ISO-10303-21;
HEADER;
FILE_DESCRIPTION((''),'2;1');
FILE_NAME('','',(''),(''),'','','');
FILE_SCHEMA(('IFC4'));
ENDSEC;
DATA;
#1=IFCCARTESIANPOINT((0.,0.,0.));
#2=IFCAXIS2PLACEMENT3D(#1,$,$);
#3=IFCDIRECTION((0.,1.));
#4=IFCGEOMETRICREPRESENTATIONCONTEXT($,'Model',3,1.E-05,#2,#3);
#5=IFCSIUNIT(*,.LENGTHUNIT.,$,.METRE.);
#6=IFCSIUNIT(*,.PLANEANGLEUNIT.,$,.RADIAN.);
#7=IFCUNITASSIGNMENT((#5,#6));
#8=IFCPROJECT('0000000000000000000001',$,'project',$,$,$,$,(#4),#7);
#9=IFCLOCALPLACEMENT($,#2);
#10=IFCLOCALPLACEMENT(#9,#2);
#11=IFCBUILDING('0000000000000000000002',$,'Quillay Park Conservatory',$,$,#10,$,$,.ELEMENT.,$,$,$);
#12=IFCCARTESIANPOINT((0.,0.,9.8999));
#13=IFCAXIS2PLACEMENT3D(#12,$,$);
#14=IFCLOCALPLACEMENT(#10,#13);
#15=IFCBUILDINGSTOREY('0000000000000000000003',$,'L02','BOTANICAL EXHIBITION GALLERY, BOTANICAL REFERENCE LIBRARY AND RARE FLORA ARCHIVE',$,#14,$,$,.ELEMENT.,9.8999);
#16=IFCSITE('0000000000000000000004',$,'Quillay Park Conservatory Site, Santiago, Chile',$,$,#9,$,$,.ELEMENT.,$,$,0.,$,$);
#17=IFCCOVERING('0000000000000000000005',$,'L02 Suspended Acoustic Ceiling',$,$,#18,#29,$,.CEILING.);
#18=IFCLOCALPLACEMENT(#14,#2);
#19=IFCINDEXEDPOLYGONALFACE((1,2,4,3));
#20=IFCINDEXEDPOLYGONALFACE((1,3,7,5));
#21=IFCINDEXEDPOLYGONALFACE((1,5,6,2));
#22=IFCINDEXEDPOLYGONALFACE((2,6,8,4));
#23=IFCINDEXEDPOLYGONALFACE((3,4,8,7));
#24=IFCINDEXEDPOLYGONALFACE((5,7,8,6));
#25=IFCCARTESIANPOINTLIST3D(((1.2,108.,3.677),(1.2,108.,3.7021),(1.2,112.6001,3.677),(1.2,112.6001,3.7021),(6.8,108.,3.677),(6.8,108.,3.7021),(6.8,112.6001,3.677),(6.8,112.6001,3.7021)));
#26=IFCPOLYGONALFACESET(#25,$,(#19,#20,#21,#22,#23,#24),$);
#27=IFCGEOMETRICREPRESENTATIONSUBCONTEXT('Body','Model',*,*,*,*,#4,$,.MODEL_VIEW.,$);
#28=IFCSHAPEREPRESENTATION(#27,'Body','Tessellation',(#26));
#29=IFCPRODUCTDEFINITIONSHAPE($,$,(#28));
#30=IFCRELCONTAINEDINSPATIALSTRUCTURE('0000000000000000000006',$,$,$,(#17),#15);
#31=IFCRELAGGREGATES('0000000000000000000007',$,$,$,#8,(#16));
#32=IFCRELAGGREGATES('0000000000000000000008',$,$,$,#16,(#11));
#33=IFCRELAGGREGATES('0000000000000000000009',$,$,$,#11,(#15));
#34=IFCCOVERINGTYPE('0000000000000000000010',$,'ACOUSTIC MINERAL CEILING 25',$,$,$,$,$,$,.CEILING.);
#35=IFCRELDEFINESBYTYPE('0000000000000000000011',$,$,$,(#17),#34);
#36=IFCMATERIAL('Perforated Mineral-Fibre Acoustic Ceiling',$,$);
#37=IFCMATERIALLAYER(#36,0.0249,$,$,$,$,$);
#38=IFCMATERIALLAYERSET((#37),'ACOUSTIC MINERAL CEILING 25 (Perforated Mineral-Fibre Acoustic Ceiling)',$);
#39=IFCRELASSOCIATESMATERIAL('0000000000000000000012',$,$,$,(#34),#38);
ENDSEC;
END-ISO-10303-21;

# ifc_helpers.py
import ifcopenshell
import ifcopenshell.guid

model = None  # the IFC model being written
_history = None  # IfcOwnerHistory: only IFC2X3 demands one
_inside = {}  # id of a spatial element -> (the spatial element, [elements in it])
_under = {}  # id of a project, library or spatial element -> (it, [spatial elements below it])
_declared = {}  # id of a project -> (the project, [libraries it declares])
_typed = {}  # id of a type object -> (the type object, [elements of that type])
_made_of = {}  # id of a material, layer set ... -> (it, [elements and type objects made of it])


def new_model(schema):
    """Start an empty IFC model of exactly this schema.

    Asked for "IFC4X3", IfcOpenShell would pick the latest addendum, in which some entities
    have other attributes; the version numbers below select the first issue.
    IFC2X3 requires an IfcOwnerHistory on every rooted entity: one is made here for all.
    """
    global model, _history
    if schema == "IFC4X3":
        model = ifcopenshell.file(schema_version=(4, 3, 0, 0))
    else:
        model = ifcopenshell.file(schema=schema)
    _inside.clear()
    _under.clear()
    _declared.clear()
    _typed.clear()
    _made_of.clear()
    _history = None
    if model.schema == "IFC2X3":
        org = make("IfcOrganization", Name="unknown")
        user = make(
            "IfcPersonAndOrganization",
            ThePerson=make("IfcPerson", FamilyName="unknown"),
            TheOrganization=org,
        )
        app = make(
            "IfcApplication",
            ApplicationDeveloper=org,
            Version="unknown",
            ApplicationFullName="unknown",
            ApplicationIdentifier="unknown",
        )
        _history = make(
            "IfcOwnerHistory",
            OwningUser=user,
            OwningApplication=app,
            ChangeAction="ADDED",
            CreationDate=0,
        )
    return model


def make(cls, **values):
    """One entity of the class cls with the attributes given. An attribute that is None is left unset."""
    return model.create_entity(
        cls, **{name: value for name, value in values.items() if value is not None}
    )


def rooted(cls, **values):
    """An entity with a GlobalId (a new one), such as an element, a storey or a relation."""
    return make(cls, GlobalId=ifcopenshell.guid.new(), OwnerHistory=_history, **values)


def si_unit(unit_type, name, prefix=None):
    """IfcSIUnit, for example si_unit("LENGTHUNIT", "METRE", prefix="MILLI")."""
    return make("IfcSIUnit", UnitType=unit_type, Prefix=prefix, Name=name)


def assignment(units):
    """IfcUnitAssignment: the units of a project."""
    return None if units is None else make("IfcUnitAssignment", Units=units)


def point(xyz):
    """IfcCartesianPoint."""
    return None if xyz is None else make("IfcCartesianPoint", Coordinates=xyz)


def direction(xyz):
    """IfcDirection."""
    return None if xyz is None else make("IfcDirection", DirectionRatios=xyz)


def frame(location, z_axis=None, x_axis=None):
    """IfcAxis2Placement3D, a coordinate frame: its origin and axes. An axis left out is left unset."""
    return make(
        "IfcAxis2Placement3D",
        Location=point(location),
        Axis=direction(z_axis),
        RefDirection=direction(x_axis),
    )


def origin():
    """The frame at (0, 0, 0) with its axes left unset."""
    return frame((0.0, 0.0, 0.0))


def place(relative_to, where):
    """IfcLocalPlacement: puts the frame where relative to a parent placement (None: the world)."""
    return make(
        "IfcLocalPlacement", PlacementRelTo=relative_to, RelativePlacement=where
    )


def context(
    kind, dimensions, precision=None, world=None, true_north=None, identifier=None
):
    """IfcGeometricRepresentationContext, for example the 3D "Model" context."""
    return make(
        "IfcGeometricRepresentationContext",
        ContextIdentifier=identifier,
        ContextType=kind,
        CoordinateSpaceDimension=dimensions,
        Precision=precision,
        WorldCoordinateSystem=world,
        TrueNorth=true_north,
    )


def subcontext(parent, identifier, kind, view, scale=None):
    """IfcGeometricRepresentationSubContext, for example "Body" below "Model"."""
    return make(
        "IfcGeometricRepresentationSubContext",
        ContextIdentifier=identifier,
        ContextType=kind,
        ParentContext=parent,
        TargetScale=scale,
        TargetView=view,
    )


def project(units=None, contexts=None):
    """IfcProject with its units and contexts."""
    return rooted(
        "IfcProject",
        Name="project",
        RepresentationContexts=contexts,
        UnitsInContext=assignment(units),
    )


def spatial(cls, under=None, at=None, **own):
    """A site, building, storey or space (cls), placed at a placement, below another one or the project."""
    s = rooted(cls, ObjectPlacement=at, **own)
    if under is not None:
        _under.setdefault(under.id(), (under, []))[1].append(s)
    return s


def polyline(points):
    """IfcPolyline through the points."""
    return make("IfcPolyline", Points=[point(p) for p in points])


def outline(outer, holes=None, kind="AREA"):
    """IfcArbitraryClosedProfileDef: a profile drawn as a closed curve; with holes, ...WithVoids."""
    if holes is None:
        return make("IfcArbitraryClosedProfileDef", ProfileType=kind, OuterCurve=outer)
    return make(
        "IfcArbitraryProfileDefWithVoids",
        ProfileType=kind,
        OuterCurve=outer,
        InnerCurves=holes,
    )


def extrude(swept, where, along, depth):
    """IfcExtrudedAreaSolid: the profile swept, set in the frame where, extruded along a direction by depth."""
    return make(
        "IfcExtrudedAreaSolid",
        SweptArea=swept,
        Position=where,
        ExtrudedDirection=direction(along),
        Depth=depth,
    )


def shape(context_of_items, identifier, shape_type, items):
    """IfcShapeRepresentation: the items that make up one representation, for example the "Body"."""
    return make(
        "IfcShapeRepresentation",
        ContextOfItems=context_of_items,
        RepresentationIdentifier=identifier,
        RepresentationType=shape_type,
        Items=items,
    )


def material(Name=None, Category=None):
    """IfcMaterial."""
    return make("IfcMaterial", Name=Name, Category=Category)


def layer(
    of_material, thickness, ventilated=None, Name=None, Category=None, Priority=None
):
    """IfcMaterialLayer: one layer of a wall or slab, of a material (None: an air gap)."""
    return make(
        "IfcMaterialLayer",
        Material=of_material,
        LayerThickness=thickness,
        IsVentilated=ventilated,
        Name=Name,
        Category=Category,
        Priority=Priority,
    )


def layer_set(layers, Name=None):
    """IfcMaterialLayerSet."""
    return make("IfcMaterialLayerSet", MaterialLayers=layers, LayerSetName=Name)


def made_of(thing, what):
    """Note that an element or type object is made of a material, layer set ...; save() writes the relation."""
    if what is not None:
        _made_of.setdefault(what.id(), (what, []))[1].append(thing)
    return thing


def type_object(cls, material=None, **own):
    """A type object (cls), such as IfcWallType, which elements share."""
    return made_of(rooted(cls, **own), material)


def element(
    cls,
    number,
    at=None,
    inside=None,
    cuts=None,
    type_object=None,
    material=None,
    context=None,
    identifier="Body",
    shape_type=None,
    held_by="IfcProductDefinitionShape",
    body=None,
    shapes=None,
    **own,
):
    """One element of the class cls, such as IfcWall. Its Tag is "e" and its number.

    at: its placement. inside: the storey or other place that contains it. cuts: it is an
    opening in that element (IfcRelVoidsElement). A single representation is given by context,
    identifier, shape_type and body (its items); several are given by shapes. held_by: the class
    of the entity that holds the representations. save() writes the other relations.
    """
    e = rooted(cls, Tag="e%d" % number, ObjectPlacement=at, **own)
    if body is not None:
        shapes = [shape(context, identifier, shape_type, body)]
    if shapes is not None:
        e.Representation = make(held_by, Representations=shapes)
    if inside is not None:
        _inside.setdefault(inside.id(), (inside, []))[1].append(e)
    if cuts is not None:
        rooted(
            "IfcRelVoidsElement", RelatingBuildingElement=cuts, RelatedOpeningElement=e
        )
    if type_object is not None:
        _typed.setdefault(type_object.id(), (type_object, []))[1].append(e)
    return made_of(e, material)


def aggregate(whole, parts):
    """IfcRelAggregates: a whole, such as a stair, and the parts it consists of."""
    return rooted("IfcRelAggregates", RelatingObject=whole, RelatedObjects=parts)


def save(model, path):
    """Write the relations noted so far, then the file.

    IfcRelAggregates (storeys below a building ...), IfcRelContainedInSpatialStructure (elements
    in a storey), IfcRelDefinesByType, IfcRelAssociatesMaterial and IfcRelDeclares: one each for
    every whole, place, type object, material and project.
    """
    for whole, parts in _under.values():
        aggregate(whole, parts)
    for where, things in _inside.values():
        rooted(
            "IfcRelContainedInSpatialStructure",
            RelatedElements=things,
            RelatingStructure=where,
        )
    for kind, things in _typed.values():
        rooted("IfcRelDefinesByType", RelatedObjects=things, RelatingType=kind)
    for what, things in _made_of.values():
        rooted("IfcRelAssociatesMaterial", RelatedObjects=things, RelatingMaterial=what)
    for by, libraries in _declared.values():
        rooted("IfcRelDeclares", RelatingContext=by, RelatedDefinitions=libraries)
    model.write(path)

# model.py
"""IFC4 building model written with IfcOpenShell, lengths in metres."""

from ifc_helpers import new_model, si_unit, direction, frame, origin, place, context, subcontext, project, spatial, polyline, outline, extrude, material, layer, layer_set, type_object, element, save


model = new_model("IFC4")

# Units and contexts
model_context = context("Model", 3, precision=1e-05, world=origin(), true_north=direction((0.0, 1.0)))
body_context = subcontext(model_context, "Body", "Model", "MODEL_VIEW")
ifc_project = project(units=[si_unit("LENGTHUNIT", "METRE"), si_unit("PLANEANGLEUNIT", "RADIAN")], contexts=[model_context])

# Site, building, storey
site_placement = place(None, origin())
site = spatial("IfcSite", under=ifc_project, at=site_placement, Name="Quillay Park Conservatory Site, Santiago, Chile", CompositionType="ELEMENT", RefElevation=0.0)
building_placement = place(site_placement, origin())
building = spatial("IfcBuilding", under=site, at=building_placement, Name="Quillay Park Conservatory", CompositionType="ELEMENT")
storey_placement = place(building_placement, frame((0.0, 0.0, 9.8999)))
storey = spatial("IfcBuildingStorey", under=building, at=storey_placement, Name="L02", Description="BOTANICAL EXHIBITION GALLERY, BOTANICAL REFERENCE LIBRARY AND RARE FLORA ARCHIVE", CompositionType="ELEMENT", Elevation=9.8999)

# Covering
ifc_material_1 = material(Name="Perforated Mineral-Fibre Acoustic Ceiling")
ifc_layer_1 = layer(ifc_material_1, 0.0249)
ifc_layer_set_1 = layer_set([ifc_layer_1], Name="ACOUSTIC MINERAL CEILING 25 (Perforated Mineral-Fibre Acoustic Ceiling)")
covering_type = type_object("IfcCoveringType", Name="ACOUSTIC MINERAL CEILING 25", PredefinedType="CEILING", material=ifc_layer_set_1)
covering_placement = place(storey_placement, frame((0.0, 0.0, 3.677)))
element("IfcCovering", 1, at=covering_placement, inside=storey, type_object=covering_type, Name="L02 Suspended Acoustic Ceiling", PredefinedType="CEILING", context=body_context, shape_type="SweptSolid", body=[
    extrude(outline(polyline([(1.2, 108.0), (6.8, 108.0), (6.8, 112.6001), (1.2, 112.6001), (1.2, 108.0)])), origin(), (0.0, 0.0, 1.0), 0.0251),
])

save(model, "model.ifc")
